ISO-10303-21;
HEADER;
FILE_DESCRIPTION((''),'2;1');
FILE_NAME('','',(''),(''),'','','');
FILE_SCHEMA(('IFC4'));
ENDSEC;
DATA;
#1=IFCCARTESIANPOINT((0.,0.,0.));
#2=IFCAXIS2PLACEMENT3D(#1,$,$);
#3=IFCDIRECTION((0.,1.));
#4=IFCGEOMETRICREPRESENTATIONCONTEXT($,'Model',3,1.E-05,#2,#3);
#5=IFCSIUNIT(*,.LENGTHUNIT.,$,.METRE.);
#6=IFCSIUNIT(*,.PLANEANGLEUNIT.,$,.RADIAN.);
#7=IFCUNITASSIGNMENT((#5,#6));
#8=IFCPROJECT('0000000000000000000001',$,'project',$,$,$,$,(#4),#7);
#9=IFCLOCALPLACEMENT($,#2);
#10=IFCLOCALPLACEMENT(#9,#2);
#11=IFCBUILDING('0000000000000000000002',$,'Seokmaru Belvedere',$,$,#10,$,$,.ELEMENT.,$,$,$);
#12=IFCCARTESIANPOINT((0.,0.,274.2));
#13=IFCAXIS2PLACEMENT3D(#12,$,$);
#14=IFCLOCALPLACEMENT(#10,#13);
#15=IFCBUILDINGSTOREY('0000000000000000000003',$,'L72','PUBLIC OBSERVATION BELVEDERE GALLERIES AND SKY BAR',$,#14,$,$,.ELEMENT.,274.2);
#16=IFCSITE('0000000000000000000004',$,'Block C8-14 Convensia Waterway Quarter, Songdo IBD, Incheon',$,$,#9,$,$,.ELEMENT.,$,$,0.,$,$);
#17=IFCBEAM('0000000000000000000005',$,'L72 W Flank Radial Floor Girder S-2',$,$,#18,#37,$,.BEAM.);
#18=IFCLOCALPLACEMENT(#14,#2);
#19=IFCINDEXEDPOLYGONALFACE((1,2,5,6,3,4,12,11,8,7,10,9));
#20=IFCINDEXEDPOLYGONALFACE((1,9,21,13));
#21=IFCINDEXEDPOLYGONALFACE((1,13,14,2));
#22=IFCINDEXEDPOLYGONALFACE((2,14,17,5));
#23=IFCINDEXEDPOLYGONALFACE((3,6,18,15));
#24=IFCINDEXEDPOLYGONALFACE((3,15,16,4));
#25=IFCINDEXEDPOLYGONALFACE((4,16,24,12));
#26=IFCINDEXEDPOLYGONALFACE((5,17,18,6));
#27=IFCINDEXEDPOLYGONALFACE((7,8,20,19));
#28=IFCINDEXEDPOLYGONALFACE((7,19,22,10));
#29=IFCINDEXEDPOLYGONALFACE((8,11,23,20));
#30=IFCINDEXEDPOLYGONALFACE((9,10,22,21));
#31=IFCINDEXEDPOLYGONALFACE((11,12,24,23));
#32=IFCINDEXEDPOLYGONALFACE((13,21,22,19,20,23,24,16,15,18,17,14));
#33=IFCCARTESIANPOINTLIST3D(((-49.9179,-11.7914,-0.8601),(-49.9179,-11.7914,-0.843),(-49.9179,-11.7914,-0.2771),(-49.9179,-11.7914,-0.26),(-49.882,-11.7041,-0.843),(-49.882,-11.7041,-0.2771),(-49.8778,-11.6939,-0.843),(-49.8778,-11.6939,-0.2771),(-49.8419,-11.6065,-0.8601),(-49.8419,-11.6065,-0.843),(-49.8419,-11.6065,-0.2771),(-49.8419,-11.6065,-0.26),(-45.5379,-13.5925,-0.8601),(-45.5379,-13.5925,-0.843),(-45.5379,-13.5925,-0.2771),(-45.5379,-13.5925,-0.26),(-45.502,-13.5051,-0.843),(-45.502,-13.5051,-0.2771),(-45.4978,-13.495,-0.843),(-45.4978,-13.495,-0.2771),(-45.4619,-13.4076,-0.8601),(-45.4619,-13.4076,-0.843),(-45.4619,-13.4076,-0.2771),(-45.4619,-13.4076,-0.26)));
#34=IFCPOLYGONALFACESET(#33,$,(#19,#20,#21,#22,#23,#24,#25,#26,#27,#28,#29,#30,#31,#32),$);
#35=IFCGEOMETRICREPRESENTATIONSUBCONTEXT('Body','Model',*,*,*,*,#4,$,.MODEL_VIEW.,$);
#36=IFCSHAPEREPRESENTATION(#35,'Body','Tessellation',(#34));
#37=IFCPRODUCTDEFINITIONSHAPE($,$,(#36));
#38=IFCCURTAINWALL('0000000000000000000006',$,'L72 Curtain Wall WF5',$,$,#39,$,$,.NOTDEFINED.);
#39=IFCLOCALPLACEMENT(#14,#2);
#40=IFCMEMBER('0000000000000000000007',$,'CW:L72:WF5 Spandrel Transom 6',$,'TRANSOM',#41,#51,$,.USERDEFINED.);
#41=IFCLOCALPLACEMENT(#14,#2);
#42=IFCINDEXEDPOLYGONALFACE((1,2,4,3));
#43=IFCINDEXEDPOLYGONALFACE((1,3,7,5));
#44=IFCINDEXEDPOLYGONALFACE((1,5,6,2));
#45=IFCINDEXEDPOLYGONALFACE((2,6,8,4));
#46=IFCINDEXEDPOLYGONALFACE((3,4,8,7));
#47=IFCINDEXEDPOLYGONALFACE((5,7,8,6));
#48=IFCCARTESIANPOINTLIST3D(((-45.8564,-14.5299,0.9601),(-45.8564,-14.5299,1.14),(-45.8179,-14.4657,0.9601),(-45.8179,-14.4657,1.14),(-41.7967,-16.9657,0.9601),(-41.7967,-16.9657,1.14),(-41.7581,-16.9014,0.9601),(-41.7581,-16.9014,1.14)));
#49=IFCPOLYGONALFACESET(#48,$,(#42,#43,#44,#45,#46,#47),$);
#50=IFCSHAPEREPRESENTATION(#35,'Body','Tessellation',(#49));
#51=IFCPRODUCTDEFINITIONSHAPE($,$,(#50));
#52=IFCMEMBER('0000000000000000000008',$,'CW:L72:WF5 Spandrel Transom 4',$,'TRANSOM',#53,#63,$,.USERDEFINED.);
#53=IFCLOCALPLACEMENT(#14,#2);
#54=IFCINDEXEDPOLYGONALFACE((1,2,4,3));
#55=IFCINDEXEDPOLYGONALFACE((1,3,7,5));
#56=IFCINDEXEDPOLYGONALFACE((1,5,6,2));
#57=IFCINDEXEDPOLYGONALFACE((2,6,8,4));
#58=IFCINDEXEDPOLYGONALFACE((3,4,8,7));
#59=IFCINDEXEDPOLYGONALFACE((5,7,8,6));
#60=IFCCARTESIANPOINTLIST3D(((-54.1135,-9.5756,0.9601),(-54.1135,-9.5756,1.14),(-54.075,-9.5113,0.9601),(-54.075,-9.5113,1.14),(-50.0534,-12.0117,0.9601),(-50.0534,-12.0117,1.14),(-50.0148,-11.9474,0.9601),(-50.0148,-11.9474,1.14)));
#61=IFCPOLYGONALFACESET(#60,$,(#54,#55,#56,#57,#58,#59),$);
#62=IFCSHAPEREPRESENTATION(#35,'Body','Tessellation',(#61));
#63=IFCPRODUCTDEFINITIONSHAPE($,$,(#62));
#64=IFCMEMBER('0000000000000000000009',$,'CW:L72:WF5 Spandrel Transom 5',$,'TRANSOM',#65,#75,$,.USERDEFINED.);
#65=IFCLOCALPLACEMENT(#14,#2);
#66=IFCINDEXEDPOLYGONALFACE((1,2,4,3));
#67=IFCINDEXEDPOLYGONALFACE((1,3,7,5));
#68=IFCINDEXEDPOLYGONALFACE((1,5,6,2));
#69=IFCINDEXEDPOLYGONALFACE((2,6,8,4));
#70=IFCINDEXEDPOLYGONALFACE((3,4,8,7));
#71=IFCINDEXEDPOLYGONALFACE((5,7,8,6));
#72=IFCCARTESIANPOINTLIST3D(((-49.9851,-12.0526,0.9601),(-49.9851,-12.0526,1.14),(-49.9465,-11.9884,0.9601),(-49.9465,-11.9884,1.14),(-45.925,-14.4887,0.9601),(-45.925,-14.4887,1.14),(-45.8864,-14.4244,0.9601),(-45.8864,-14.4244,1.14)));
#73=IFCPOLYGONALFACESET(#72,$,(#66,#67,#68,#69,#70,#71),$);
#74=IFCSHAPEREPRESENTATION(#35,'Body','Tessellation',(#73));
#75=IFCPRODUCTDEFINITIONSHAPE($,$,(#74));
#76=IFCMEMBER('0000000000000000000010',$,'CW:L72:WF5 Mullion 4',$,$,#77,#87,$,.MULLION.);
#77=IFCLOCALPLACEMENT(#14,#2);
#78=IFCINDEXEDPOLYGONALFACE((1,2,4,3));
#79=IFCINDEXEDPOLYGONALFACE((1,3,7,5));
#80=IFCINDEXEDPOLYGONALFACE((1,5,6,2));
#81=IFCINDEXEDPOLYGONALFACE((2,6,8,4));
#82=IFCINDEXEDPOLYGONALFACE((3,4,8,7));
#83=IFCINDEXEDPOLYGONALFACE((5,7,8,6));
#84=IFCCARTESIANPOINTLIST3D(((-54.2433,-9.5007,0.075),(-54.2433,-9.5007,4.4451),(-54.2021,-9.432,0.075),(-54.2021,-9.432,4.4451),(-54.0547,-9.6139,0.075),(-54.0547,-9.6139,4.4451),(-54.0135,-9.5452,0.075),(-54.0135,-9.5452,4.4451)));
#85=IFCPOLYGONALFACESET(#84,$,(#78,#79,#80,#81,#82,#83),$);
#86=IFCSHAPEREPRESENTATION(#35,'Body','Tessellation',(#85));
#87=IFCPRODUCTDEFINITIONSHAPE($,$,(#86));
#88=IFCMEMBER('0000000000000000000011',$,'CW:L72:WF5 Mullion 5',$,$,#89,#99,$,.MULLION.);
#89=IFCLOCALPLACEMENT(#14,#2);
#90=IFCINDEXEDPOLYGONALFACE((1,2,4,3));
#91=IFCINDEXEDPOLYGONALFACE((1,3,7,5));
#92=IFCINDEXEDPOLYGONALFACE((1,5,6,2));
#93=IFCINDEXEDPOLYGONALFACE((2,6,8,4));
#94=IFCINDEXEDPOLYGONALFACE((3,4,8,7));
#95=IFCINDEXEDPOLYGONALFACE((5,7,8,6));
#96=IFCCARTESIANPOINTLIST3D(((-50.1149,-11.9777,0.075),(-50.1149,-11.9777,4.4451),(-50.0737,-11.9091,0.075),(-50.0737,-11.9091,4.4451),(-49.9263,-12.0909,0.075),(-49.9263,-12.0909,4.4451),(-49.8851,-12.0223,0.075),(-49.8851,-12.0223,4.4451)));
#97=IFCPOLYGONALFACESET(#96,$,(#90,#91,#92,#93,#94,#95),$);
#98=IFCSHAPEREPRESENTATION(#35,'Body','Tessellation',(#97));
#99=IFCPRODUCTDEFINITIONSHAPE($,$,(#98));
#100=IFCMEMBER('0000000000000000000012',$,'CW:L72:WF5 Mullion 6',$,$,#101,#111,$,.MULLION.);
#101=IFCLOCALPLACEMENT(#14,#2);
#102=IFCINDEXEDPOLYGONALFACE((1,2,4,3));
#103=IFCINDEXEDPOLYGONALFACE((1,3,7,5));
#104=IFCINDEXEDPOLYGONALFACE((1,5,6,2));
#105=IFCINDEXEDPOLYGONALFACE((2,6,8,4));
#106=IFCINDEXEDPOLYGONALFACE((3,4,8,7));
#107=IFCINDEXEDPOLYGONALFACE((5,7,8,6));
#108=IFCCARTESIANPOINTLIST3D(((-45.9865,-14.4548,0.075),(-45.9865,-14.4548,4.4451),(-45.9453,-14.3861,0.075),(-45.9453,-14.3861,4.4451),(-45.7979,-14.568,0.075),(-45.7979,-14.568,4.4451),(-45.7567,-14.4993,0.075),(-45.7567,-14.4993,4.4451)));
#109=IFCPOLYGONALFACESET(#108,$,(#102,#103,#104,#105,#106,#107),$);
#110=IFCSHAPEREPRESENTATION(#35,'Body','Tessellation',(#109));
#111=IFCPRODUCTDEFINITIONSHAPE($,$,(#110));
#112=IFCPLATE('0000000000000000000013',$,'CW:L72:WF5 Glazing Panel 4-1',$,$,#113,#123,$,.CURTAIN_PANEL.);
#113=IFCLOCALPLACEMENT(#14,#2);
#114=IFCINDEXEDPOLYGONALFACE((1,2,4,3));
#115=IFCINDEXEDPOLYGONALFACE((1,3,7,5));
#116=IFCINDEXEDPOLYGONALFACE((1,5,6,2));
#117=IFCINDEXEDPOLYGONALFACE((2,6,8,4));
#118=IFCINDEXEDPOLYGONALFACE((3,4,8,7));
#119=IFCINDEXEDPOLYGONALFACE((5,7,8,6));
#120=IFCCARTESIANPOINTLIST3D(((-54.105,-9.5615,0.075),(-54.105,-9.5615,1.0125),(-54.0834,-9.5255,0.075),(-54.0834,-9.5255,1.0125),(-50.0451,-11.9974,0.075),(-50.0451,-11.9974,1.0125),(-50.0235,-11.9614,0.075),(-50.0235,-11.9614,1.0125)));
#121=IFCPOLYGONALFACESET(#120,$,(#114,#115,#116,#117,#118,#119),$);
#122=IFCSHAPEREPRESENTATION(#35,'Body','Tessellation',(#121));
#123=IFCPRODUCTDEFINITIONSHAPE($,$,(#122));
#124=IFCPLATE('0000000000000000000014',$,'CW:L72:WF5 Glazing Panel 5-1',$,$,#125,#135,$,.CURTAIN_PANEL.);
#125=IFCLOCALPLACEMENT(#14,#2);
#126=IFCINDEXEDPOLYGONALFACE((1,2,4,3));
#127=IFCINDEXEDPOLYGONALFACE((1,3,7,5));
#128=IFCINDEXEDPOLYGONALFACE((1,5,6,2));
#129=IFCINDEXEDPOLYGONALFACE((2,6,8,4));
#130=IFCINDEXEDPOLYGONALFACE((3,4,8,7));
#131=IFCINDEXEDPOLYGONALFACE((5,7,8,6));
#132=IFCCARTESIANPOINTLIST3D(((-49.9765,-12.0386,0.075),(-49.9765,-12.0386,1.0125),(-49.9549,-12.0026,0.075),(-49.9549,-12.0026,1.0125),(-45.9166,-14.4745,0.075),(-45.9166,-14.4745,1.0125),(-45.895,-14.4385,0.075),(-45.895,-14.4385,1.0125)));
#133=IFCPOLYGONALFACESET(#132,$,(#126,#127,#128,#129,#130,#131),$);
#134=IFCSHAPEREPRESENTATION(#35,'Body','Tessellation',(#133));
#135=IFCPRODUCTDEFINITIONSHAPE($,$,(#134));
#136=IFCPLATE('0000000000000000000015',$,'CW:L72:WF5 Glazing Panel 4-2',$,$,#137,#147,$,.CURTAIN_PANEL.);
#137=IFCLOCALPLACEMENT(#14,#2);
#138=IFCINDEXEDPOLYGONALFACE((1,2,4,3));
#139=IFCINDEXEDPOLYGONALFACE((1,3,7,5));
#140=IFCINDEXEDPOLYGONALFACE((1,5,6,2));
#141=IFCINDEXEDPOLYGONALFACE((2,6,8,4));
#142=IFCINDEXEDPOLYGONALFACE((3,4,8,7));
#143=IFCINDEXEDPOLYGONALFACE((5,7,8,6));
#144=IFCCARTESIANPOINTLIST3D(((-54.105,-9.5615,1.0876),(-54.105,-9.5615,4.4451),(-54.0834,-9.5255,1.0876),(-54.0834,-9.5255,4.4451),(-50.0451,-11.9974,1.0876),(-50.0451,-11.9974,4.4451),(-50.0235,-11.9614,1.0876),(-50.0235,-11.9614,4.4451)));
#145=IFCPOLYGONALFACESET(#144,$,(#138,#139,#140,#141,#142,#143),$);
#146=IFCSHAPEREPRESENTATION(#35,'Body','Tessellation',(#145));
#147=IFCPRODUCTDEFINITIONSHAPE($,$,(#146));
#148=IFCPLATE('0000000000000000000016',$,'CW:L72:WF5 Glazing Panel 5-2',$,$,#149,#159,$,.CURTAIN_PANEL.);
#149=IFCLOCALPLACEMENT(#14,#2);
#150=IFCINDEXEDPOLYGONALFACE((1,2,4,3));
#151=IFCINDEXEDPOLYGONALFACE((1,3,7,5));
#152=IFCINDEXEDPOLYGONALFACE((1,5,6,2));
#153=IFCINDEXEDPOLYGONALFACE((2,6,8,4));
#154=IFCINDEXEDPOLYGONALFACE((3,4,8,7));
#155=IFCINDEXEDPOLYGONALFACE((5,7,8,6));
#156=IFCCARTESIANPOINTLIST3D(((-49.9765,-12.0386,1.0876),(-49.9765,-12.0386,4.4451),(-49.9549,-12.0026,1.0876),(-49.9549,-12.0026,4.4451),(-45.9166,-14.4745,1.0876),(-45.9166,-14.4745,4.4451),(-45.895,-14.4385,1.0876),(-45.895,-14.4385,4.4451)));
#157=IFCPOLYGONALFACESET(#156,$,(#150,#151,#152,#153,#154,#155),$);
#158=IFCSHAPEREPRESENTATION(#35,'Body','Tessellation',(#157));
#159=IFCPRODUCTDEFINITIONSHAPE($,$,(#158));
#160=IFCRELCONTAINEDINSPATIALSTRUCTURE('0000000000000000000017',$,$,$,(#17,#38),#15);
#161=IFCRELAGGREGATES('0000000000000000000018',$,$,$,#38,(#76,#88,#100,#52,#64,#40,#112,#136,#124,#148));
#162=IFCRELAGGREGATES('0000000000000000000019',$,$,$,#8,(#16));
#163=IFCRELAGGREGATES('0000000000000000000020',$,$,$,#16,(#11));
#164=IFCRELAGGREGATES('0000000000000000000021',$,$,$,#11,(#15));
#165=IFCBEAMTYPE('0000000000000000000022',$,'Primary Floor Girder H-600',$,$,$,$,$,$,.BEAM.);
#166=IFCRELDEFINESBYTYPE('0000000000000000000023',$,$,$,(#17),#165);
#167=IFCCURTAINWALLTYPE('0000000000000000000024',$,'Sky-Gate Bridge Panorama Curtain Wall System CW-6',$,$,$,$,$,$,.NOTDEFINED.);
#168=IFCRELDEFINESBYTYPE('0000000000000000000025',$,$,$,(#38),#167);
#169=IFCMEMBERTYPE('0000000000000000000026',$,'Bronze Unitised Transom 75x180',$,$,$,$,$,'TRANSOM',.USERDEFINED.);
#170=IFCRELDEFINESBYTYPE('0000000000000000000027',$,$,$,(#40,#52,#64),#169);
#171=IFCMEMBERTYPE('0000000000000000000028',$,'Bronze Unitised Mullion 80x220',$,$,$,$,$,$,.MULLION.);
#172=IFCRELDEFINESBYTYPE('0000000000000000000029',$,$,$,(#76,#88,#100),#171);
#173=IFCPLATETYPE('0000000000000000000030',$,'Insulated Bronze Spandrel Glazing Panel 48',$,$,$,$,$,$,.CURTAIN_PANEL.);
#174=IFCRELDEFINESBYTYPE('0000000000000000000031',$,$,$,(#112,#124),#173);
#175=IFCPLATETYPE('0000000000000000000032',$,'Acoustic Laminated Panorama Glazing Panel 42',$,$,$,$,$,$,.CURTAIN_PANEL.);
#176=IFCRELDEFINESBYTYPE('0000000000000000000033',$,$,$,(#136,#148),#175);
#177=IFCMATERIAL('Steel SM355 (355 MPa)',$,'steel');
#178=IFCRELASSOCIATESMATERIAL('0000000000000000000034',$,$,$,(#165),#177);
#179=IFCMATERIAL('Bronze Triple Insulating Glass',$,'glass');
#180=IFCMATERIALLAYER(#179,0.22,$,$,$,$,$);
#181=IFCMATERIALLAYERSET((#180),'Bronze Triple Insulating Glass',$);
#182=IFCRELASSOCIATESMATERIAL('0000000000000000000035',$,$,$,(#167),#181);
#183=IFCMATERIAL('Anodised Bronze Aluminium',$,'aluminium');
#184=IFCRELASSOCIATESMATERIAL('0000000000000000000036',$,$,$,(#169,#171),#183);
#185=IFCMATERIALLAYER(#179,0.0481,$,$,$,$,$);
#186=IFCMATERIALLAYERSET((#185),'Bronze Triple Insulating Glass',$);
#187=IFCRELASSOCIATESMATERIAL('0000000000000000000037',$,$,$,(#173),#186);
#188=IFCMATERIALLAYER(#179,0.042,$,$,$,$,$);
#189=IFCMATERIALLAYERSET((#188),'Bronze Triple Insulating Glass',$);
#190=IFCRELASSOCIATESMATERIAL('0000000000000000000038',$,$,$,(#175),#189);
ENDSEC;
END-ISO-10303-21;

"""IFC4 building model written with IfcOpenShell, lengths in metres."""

from ifc_helpers import new_model, si_unit, direction, frame, origin, origin_2d, place, context, subcontext, project, spatial, rectangle, i_section, extrude, source, transform, mapped, material, layer, layer_set, material_profile, profile_set, type_object, type_shapes, element, aggregate, save


model = new_model("IFC4")

# Units and contexts
model_context = context("Model", 3, precision=1e-05, world=origin(), true_north=direction((0.0, 1.0)))
body_context = subcontext(model_context, "Body", "Model", "MODEL_VIEW")
ifc_project = project(units=[si_unit("LENGTHUNIT", "METRE"), si_unit("PLANEANGLEUNIT", "RADIAN")], contexts=[model_context])

# Site, building, storey
site_placement = place(None, origin())
site = spatial("IfcSite", under=ifc_project, at=site_placement, Name="Block C8-14 Convensia Waterway Quarter, Songdo IBD, Incheon", CompositionType="ELEMENT", RefElevation=0.0)
building_placement = place(site_placement, origin())
building = spatial("IfcBuilding", under=site, at=building_placement, Name="Seokmaru Belvedere", CompositionType="ELEMENT")
storey_placement = place(building_placement, frame((0.0, 0.0, 274.2)))
storey = spatial("IfcBuildingStorey", under=building, at=storey_placement, Name="L72", Description="PUBLIC OBSERVATION BELVEDERE GALLERIES AND SKY BAR", CompositionType="ELEMENT", Elevation=274.2)

# Shared definitions
ifc_material_1 = material(Name="Steel SM355 (355 MPa)", Category="steel")

# Beam
ifc_material_profile_1 = material_profile(ifc_material_1, i_section(OverallWidth=0.2, OverallDepth=0.6001, WebThickness=0.011, FlangeThickness=0.0171, at=origin_2d()), Name="H-600x200x11x17")
ifc_profile_set_1 = profile_set([ifc_material_profile_1], Name="Steel SM355 (355 MPa)")
beam_type_1 = type_object("IfcBeamType", Name="Primary Floor Girder H-600", PredefinedType="BEAM", material=ifc_profile_set_1)
shared_shape_1 = source(origin(), body_context, "Body", "SweptSolid", [
    extrude(i_section(OverallWidth=0.2, OverallDepth=0.6001, WebThickness=0.011, FlangeThickness=0.0171, at=origin_2d()), origin(), (0.0, 0.0, 1.0), 4.7358),
])
beam_1_placement = place(storey_placement, frame((-49.8799, -11.699, -0.5601), z_axis=(0.924861, -0.380306, 0.0), x_axis=(0.380306, 0.924861, 0.0)))
element("IfcBeam", 1, at=beam_1_placement, inside=storey, type_object=beam_type_1, Name="L72 W Flank Radial Floor Girder S-2", PredefinedType="BEAM", context=body_context, shape_type="MappedRepresentation", body=[
    mapped(shared_shape_1, transform((0.0, 0.0, 0.0), scale=1.0)),
])

# Curtain wall, members, plates
ifc_material_2 = material(Name="Bronze Triple Insulating Glass", Category="glass")
ifc_layer_1 = layer(ifc_material_2, 0.22)
ifc_layer_set_1 = layer_set([ifc_layer_1], Name="Bronze Triple Insulating Glass")
curtain_wall_type = type_object("IfcCurtainWallType", Name="Sky-Gate Bridge Panorama Curtain Wall System CW-6", PredefinedType="NOTDEFINED", material=ifc_layer_set_1)
curtain_wall_placement = place(storey_placement, origin())
curtain_wall = element("IfcCurtainWall", 2, at=curtain_wall_placement, inside=storey, type_object=curtain_wall_type, Name="L72 Curtain Wall WF5", PredefinedType="NOTDEFINED")
ifc_material_3 = material(Name="Anodised Bronze Aluminium", Category="aluminium")
ifc_material_profile_2 = material_profile(ifc_material_3, rectangle(XDim=0.075, YDim=0.1799, at=origin_2d()), Name="CW-T-75x180")
ifc_profile_set_2 = profile_set([ifc_material_profile_2], Name="Anodised Bronze Aluminium")
member_type_1 = type_object("IfcMemberType", Name="Bronze Unitised Transom 75x180", ElementType="TRANSOM", PredefinedType="USERDEFINED", material=ifc_profile_set_2)
shared_shape_2 = source(origin(), body_context, "Body", "SweptSolid", [
    extrude(rectangle(XDim=0.075, YDim=0.1799, at=origin_2d()), origin(), (0.0, 0.0, 1.0), 4.7344),
])
member_1_placement = place(storey_placement, frame((-45.8372, -14.4978, 1.05), z_axis=(0.857502, -0.514481, 0.0), x_axis=(0.514481, 0.857502, 0.0)))
member_1 = element("IfcMember", 3, at=member_1_placement, type_object=member_type_1, Name="CW:L72:WF5 Spandrel Transom 6", ObjectType="TRANSOM", PredefinedType="USERDEFINED", context=body_context, shape_type="MappedRepresentation", body=[
    mapped(shared_shape_2, transform((0.0, 0.0, 0.0), scale=1.0)),
])
shared_shape_3 = source(origin(), body_context, "Body", "SweptSolid", [
    extrude(rectangle(XDim=0.075, YDim=0.1799, at=origin_2d()), origin(), (0.0, 0.0, 1.0), 4.7349),
])
type_shapes(member_type_1, [shared_shape_2, shared_shape_3])
member_2_placement = place(storey_placement, frame((-54.0942, -9.5435, 1.05), z_axis=(0.857493, -0.514496, 0.0), x_axis=(0.514496, 0.857493, 0.0)))
member_2 = element("IfcMember", 4, at=member_2_placement, type_object=member_type_1, Name="CW:L72:WF5 Spandrel Transom 4", ObjectType="TRANSOM", PredefinedType="USERDEFINED", context=body_context, shape_type="MappedRepresentation", body=[
    mapped(shared_shape_3, transform((0.0, 0.0, 0.0), scale=1.0)),
])
member_3_placement = place(storey_placement, frame((-49.9658, -12.0205, 1.05), z_axis=(0.857493, -0.514496, 0.0), x_axis=(0.514496, 0.857493, 0.0)))
member_3 = element("IfcMember", 5, at=member_3_placement, type_object=member_type_1, Name="CW:L72:WF5 Spandrel Transom 5", ObjectType="TRANSOM", PredefinedType="USERDEFINED", context=body_context, shape_type="MappedRepresentation", body=[
    mapped(shared_shape_3, transform((0.0, 0.0, 0.0), scale=1.0)),
])
ifc_material_profile_3 = material_profile(ifc_material_3, rectangle(XDim=0.0801, YDim=0.22, at=origin_2d()), Name="CW-M-80x220")
ifc_profile_set_3 = profile_set([ifc_material_profile_3], Name="Anodised Bronze Aluminium")
member_type_2 = type_object("IfcMemberType", Name="Bronze Unitised Mullion 80x220", PredefinedType="MULLION", material=ifc_profile_set_3)
shared_shape_4 = source(origin(), body_context, "Body", "SweptSolid", [
    extrude(rectangle(XDim=0.0801, YDim=0.22, at=origin_2d()), origin(), (0.0, 0.0, 1.0), 4.3701),
])
type_shapes(member_type_2, [shared_shape_4])
member_4_placement = place(storey_placement, frame((-54.1284, -9.5229, 0.075), z_axis=(0.0, 0.0, 1.0), x_axis=(0.514495, 0.857493, 0.0)))
member_4 = element("IfcMember", 6, at=member_4_placement, type_object=member_type_2, Name="CW:L72:WF5 Mullion 4", PredefinedType="MULLION", context=body_context, shape_type="MappedRepresentation", body=[
    mapped(shared_shape_4, transform((0.0, 0.0, 0.0), scale=1.0)),
])
member_5_placement = place(storey_placement, frame((-50.0, -12.0, 0.075), z_axis=(0.0, 0.0, 1.0), x_axis=(0.514495, 0.857493, 0.0)))
member_5 = element("IfcMember", 7, at=member_5_placement, type_object=member_type_2, Name="CW:L72:WF5 Mullion 5", PredefinedType="MULLION", context=body_context, shape_type="MappedRepresentation", body=[
    mapped(shared_shape_4, transform((0.0, 0.0, 0.0), scale=1.0)),
])
member_6_placement = place(storey_placement, frame((-45.8716, -14.4771, 0.075), z_axis=(0.0, 0.0, 1.0), x_axis=(0.514495, 0.857493, 0.0)))
member_6 = element("IfcMember", 8, at=member_6_placement, type_object=member_type_2, Name="CW:L72:WF5 Mullion 6", PredefinedType="MULLION", context=body_context, shape_type="MappedRepresentation", body=[
    mapped(shared_shape_4, transform((0.0, 0.0, 0.0), scale=1.0)),
])
ifc_layer_2 = layer(ifc_material_2, 0.0481)
ifc_layer_set_2 = layer_set([ifc_layer_2], Name="Bronze Triple Insulating Glass")
plate_type_1 = type_object("IfcPlateType", Name="Insulated Bronze Spandrel Glazing Panel 48", PredefinedType="CURTAIN_PANEL", material=ifc_layer_set_2)
shared_shape_5 = source(origin(), body_context, "Body", "SweptSolid", [
    extrude(rectangle(XDim=4.7346, YDim=0.042, at=origin_2d()), origin(), (0.0, 0.0, 1.0), 0.9375),
])
type_shapes(plate_type_1, [shared_shape_5])
plate_1_placement = place(storey_placement, frame((-52.0642, -10.7615, 0.075), z_axis=(0.0, 0.0, 1.0), x_axis=(0.857493, -0.514495, 0.0)))
plate_1 = element("IfcPlate", 9, at=plate_1_placement, type_object=plate_type_1, Name="CW:L72:WF5 Glazing Panel 4-1", PredefinedType="CURTAIN_PANEL", context=body_context, shape_type="MappedRepresentation", body=[
    mapped(shared_shape_5, transform((0.0, 0.0, 0.0), scale=1.0)),
])
plate_2_placement = place(storey_placement, frame((-47.9358, -13.2385, 0.075), z_axis=(0.0, 0.0, 1.0), x_axis=(0.857493, -0.514495, 0.0)))
plate_2 = element("IfcPlate", 10, at=plate_2_placement, type_object=plate_type_1, Name="CW:L72:WF5 Glazing Panel 5-1", PredefinedType="CURTAIN_PANEL", context=body_context, shape_type="MappedRepresentation", body=[
    mapped(shared_shape_5, transform((0.0, 0.0, 0.0), scale=1.0)),
])
ifc_layer_3 = layer(ifc_material_2, 0.042)
ifc_layer_set_3 = layer_set([ifc_layer_3], Name="Bronze Triple Insulating Glass")
plate_type_2 = type_object("IfcPlateType", Name="Acoustic Laminated Panorama Glazing Panel 42", PredefinedType="CURTAIN_PANEL", material=ifc_layer_set_3)
shared_shape_6 = source(origin(), body_context, "Body", "SweptSolid", [
    extrude(rectangle(XDim=4.7346, YDim=0.042, at=origin_2d()), origin(), (0.0, 0.0, 1.0), 3.3574),
])
type_shapes(plate_type_2, [shared_shape_6])
plate_3_placement = place(storey_placement, frame((-52.0642, -10.7615, 1.0876), z_axis=(0.0, 0.0, 1.0), x_axis=(0.857493, -0.514495, 0.0)))
plate_3 = element("IfcPlate", 11, at=plate_3_placement, type_object=plate_type_2, Name="CW:L72:WF5 Glazing Panel 4-2", PredefinedType="CURTAIN_PANEL", context=body_context, shape_type="MappedRepresentation", body=[
    mapped(shared_shape_6, transform((0.0, 0.0, 0.0), scale=1.0)),
])
plate_4_placement = place(storey_placement, frame((-47.9358, -13.2385, 1.0876), z_axis=(0.0, 0.0, 1.0), x_axis=(0.857493, -0.514495, 0.0)))
plate_4 = element("IfcPlate", 12, at=plate_4_placement, type_object=plate_type_2, Name="CW:L72:WF5 Glazing Panel 5-2", PredefinedType="CURTAIN_PANEL", context=body_context, shape_type="MappedRepresentation", body=[
    mapped(shared_shape_6, transform((0.0, 0.0, 0.0), scale=1.0)),
])
aggregate(curtain_wall, [member_4, member_5, member_6, member_2, member_3, member_1, plate_1, plate_3, plate_2, plate_4])

save(model, "model.ifc")
